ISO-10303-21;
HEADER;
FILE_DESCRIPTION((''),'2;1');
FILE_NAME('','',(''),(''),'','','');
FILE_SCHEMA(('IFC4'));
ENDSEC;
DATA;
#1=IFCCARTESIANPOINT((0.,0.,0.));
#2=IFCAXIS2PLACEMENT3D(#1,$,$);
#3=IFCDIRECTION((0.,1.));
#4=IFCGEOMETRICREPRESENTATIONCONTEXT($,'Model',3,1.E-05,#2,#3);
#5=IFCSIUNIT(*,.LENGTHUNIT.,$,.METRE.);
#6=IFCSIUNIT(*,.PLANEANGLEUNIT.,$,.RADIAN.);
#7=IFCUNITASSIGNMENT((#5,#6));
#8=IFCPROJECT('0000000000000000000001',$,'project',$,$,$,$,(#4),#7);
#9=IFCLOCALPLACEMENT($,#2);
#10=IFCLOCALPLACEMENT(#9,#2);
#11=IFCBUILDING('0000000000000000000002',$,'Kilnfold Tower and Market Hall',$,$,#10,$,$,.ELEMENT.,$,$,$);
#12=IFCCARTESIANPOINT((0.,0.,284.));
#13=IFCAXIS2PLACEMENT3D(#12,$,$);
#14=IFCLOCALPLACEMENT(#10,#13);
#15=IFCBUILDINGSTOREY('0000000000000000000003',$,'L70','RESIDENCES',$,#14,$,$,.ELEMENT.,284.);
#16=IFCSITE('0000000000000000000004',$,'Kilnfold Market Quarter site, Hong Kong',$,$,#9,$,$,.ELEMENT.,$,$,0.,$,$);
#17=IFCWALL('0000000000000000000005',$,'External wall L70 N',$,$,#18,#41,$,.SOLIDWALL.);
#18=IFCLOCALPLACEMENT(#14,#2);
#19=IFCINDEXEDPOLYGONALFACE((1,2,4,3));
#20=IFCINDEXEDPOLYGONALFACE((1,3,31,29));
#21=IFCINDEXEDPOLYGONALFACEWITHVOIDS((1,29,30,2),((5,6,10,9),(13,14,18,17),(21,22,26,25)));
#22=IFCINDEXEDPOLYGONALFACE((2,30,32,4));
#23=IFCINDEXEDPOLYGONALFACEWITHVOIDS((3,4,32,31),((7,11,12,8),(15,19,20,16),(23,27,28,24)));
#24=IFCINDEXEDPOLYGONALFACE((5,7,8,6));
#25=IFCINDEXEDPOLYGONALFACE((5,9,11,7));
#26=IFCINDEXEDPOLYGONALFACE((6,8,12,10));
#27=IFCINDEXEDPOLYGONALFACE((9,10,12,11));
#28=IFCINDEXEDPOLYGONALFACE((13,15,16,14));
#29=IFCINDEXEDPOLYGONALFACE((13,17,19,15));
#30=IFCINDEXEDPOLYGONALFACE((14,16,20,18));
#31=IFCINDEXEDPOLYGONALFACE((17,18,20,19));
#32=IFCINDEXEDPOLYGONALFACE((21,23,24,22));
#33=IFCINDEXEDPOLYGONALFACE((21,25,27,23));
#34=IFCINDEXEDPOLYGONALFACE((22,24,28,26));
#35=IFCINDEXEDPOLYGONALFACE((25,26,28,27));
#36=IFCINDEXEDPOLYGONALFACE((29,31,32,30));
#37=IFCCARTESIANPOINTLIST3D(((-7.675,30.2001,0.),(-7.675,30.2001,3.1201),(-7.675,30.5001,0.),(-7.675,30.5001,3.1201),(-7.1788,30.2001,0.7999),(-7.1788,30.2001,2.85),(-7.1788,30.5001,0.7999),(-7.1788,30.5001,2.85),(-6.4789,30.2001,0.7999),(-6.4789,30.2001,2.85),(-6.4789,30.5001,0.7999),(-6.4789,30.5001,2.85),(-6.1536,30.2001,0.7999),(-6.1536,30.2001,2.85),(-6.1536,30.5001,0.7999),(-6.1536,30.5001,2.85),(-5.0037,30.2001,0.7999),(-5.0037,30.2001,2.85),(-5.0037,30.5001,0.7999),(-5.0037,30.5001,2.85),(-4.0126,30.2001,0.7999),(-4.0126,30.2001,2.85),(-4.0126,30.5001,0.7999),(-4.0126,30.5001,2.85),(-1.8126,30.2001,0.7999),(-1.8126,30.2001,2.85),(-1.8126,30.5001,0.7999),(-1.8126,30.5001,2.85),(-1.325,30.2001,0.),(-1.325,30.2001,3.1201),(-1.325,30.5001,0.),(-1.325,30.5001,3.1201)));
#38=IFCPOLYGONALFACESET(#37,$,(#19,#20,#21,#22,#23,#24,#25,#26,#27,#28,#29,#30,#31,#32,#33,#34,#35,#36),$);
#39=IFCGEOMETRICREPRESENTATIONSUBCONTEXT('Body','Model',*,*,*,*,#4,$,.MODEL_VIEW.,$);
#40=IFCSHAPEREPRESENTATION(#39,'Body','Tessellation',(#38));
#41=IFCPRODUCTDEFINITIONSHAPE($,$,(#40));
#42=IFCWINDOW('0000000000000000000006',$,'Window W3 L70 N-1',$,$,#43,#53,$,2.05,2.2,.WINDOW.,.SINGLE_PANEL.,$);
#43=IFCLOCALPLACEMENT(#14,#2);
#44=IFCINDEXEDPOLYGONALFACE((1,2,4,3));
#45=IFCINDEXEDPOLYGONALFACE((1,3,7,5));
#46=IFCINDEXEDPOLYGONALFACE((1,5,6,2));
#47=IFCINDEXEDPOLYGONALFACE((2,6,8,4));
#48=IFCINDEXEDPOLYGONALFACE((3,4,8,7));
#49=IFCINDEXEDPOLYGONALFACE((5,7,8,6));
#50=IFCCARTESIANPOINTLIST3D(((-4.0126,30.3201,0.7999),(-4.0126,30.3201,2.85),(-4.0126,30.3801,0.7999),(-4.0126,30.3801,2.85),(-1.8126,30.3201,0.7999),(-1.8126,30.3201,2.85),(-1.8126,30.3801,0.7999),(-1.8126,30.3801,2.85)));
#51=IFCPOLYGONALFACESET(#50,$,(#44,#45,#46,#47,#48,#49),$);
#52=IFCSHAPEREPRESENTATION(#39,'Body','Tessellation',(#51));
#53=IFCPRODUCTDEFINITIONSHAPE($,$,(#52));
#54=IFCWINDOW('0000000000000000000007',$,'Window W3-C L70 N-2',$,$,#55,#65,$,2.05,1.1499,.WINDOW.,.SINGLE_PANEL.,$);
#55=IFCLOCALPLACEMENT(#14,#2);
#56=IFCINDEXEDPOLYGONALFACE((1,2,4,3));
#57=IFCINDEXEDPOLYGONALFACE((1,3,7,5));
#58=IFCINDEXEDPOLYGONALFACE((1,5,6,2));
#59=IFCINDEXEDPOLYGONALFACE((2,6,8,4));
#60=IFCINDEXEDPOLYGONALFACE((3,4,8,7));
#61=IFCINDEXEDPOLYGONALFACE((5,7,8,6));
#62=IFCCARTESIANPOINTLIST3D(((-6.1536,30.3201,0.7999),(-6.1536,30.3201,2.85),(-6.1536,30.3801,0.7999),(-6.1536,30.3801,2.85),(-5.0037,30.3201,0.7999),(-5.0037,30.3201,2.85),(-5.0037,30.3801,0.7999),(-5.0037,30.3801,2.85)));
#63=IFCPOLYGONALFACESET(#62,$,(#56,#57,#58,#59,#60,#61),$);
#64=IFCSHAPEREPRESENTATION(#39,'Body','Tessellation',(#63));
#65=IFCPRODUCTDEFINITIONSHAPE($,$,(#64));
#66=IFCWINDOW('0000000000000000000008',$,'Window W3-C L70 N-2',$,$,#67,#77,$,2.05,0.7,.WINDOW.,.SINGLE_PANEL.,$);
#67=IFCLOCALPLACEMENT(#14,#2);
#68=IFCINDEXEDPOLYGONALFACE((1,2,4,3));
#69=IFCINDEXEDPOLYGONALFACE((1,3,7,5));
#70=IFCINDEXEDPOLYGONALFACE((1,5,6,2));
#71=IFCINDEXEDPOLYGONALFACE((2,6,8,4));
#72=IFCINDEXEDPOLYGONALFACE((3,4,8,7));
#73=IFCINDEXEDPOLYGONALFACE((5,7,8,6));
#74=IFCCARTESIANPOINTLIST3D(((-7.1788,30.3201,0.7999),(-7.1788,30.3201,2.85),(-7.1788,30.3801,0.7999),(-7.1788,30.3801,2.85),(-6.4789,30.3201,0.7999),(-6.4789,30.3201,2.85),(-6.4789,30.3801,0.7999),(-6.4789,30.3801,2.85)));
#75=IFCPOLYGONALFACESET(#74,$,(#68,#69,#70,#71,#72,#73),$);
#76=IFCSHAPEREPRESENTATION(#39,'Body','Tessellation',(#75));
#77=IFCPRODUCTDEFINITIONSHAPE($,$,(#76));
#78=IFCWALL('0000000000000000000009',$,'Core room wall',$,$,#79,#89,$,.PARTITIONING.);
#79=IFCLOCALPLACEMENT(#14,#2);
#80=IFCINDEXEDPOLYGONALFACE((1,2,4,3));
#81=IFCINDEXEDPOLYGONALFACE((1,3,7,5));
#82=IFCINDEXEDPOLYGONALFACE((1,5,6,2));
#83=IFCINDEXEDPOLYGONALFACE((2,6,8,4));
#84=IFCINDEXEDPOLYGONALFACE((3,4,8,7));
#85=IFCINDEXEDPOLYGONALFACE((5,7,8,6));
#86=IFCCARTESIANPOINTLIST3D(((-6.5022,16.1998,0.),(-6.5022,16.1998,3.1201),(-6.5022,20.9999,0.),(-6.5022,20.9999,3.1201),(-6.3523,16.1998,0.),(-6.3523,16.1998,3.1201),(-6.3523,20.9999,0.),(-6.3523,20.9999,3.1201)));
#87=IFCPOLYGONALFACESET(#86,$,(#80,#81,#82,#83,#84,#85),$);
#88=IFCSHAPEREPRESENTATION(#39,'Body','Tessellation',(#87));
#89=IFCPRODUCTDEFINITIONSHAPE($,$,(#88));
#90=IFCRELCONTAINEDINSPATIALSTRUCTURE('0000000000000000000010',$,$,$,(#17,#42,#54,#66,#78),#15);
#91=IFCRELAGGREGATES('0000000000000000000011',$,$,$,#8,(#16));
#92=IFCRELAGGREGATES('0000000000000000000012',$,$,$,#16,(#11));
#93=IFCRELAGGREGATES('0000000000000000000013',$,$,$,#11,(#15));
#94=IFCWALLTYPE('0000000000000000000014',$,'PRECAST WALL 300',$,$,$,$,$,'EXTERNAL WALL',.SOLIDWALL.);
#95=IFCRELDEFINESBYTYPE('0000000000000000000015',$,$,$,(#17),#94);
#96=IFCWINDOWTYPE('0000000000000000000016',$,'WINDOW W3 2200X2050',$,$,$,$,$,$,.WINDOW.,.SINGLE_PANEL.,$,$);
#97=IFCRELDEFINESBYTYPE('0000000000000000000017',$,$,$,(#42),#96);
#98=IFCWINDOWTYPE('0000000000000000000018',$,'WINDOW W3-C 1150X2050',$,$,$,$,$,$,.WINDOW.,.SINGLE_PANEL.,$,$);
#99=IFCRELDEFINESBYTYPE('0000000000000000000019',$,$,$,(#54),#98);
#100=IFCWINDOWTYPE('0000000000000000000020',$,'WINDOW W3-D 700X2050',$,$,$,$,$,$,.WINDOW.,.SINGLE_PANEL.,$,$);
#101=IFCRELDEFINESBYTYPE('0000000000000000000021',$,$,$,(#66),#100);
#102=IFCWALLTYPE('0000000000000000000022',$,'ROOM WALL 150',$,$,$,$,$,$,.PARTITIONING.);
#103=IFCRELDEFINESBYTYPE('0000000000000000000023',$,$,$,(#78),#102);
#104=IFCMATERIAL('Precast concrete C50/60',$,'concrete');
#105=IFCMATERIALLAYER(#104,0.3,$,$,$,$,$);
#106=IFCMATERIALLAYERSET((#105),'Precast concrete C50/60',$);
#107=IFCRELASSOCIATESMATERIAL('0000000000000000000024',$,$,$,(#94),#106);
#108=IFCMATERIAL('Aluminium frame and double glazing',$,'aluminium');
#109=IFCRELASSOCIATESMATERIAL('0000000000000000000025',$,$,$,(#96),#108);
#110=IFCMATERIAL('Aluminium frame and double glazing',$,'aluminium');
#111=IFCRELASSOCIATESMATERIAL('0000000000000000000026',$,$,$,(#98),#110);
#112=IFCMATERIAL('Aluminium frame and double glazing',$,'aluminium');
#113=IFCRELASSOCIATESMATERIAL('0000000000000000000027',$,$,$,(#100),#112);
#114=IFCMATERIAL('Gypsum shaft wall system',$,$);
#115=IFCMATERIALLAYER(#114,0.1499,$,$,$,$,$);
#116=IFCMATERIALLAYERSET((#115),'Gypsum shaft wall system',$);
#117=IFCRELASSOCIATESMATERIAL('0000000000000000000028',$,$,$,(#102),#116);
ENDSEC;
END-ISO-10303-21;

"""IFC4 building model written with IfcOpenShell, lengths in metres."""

from ifc_helpers import new_model, si_unit, direction, frame, frame_2d, origin, place, context, subcontext, project, spatial, rectangle, extrude, source, transform, mapped, material, layer, layer_set, type_object, element, fill, save


model = new_model("IFC4")

# Units and contexts
model_context = context("Model", 3, precision=1e-05, world=origin(), true_north=direction((0.0, 1.0)))
body_context = subcontext(model_context, "Body", "Model", "MODEL_VIEW")
ifc_project = project(units=[si_unit("LENGTHUNIT", "METRE"), si_unit("PLANEANGLEUNIT", "RADIAN")], contexts=[model_context])

# Site, building, storey
site_placement = place(None, origin())
site = spatial("IfcSite", under=ifc_project, at=site_placement, Name="Kilnfold Market Quarter site, Hong Kong", CompositionType="ELEMENT", RefElevation=0.0)
building_placement = place(site_placement, origin())
building = spatial("IfcBuilding", under=site, at=building_placement, Name="Kilnfold Tower and Market Hall", CompositionType="ELEMENT")
storey_placement = place(building_placement, frame((0.0, 0.0, 284.0)))
storey = spatial("IfcBuildingStorey", under=building, at=storey_placement, Name="L70", Description="RESIDENCES", CompositionType="ELEMENT", Elevation=284.0)

# Wall, openings, windows
ifc_material_1 = material(Name="Precast concrete C50/60", Category="concrete")
ifc_layer_1 = layer(ifc_material_1, 0.3)
ifc_layer_set_1 = layer_set([ifc_layer_1], Name="Precast concrete C50/60")
wall_type_1 = type_object("IfcWallType", Name="PRECAST WALL 300", ElementType="EXTERNAL WALL", PredefinedType="SOLIDWALL", material=ifc_layer_set_1)
shared_shape_1 = source(origin(), body_context, "Body", "SweptSolid", [
    extrude(rectangle(XDim=6.3501, YDim=0.3, at=frame_2d((3.175, 0.0))), origin(), (0.0, 0.0, 1.0), 3.1201),
])
wall_1_placement = place(storey_placement, frame((-1.325, 30.3501, 0.0), z_axis=(0.0, 0.0, 1.0), x_axis=(-1.0, 0.0, 0.0)))
wall_1 = element("IfcWall", 1, at=wall_1_placement, inside=storey, type_object=wall_type_1, Name="External wall L70 N", PredefinedType="SOLIDWALL", context=body_context, shape_type="MappedRepresentation", body=[
    mapped(shared_shape_1, transform((0.0, 0.0, 0.0))),
])
opening_1_placement = place(wall_1_placement, frame((0.4875, 0.0, 0.8)))
opening_1 = element("IfcOpeningElement", 2, at=opening_1_placement, cuts=wall_1, PredefinedType="OPENING", context=body_context, shape_type="SweptSolid", body=[
    extrude(rectangle(XDim=2.2, YDim=2.05, at=frame_2d((1.1001, 1.0249))), frame((0.0, 0.1602, 0.0), z_axis=(0.0, -1.0, 0.0), x_axis=(1.0, 0.0, 0.0)), (0.0, 0.0, 1.0), 0.3201),
])
opening_2_placement = place(wall_1_placement, frame((3.6787, 0.0, 0.8)))
opening_2 = element("IfcOpeningElement", 3, at=opening_2_placement, cuts=wall_1, PredefinedType="OPENING", context=body_context, shape_type="SweptSolid", body=[
    extrude(rectangle(XDim=1.1499, YDim=2.05, at=frame_2d((0.575, 1.0249))), frame((0.0, 0.1602, 0.0), z_axis=(0.0, -1.0, 0.0), x_axis=(1.0, 0.0, 0.0)), (0.0, 0.0, 1.0), 0.3201),
])
opening_3_placement = place(wall_1_placement, frame((5.1538, 0.0, 0.8)))
opening_3 = element("IfcOpeningElement", 4, at=opening_3_placement, cuts=wall_1, PredefinedType="OPENING", context=body_context, shape_type="SweptSolid", body=[
    extrude(rectangle(XDim=0.7, YDim=2.05, at=frame_2d((0.3501, 1.0249))), frame((0.0, 0.1602, 0.0), z_axis=(0.0, -1.0, 0.0), x_axis=(1.0, 0.0, 0.0)), (0.0, 0.0, 1.0), 0.3201),
])
ifc_material_2 = material(Name="Aluminium frame and double glazing", Category="aluminium")
window_type_1 = type_object("IfcWindowType", Name="WINDOW W3 2200X2050", PartitioningType="SINGLE_PANEL", PredefinedType="WINDOW", material=ifc_material_2)
window_1_placement = place(opening_1_placement, origin())
window_1 = element("IfcWindow", 5, at=window_1_placement, inside=storey, type_object=window_type_1, Name="Window W3 L70 N-1", OverallHeight=2.05, OverallWidth=2.2, PartitioningType="SINGLE_PANEL", PredefinedType="WINDOW", context=body_context, shape_type="SweptSolid", body=[
    extrude(rectangle(XDim=2.2, YDim=2.05, at=frame_2d((1.1001, 1.0249))), frame((0.0, 0.03, 0.0), z_axis=(0.0, -1.0, 0.0), x_axis=(1.0, 0.0, 0.0)), (0.0, 0.0, 1.0), 0.0601),
])
fill(opening_1, window_1)
ifc_material_3 = material(Name="Aluminium frame and double glazing", Category="aluminium")
window_type_2 = type_object("IfcWindowType", Name="WINDOW W3-C 1150X2050", PartitioningType="SINGLE_PANEL", PredefinedType="WINDOW", material=ifc_material_3)
window_2_placement = place(opening_2_placement, origin())
window_2 = element("IfcWindow", 6, at=window_2_placement, inside=storey, type_object=window_type_2, Name="Window W3-C L70 N-2", OverallHeight=2.05, OverallWidth=1.1499, PartitioningType="SINGLE_PANEL", PredefinedType="WINDOW", context=body_context, shape_type="SweptSolid", body=[
    extrude(rectangle(XDim=1.1499, YDim=2.05, at=frame_2d((0.575, 1.0249))), frame((0.0, 0.03, 0.0), z_axis=(0.0, -1.0, 0.0), x_axis=(1.0, 0.0, 0.0)), (0.0, 0.0, 1.0), 0.0601),
])
fill(opening_2, window_2)
ifc_material_4 = material(Name="Aluminium frame and double glazing", Category="aluminium")
window_type_3 = type_object("IfcWindowType", Name="WINDOW W3-D 700X2050", PartitioningType="SINGLE_PANEL", PredefinedType="WINDOW", material=ifc_material_4)
window_3_placement = place(opening_3_placement, origin())
window_3 = element("IfcWindow", 7, at=window_3_placement, inside=storey, type_object=window_type_3, Name="Window W3-C L70 N-2", OverallHeight=2.05, OverallWidth=0.7, PartitioningType="SINGLE_PANEL", PredefinedType="WINDOW", context=body_context, shape_type="SweptSolid", body=[
    extrude(rectangle(XDim=0.7, YDim=2.05, at=frame_2d((0.3501, 1.0249))), frame((0.0, 0.03, 0.0), z_axis=(0.0, -1.0, 0.0), x_axis=(1.0, 0.0, 0.0)), (0.0, 0.0, 1.0), 0.0601),
])
fill(opening_3, window_3)

# Wall
ifc_material_5 = material(Name="Gypsum shaft wall system")
ifc_layer_2 = layer(ifc_material_5, 0.1499)
ifc_layer_set_2 = layer_set([ifc_layer_2], Name="Gypsum shaft wall system")
wall_type_2 = type_object("IfcWallType", Name="ROOM WALL 150", PredefinedType="PARTITIONING", material=ifc_layer_set_2)
shared_shape_2 = source(origin(), body_context, "Body", "SweptSolid", [
    extrude(rectangle(XDim=4.8, YDim=0.1499, at=frame_2d((2.3999, 0.0))), origin(), (0.0, 0.0, 1.0), 3.1201),
])
wall_2_placement = place(storey_placement, frame((-6.4272, 16.2, 0.0), z_axis=(0.0, 0.0, 1.0), x_axis=(0.0, 1.0, 0.0)))
element("IfcWall", 8, at=wall_2_placement, inside=storey, type_object=wall_type_2, Name="Core room wall", PredefinedType="PARTITIONING", context=body_context, shape_type="MappedRepresentation", body=[
    mapped(shared_shape_2, transform((0.0, 0.0, 0.0))),
])

save(model, "model.ifc")
